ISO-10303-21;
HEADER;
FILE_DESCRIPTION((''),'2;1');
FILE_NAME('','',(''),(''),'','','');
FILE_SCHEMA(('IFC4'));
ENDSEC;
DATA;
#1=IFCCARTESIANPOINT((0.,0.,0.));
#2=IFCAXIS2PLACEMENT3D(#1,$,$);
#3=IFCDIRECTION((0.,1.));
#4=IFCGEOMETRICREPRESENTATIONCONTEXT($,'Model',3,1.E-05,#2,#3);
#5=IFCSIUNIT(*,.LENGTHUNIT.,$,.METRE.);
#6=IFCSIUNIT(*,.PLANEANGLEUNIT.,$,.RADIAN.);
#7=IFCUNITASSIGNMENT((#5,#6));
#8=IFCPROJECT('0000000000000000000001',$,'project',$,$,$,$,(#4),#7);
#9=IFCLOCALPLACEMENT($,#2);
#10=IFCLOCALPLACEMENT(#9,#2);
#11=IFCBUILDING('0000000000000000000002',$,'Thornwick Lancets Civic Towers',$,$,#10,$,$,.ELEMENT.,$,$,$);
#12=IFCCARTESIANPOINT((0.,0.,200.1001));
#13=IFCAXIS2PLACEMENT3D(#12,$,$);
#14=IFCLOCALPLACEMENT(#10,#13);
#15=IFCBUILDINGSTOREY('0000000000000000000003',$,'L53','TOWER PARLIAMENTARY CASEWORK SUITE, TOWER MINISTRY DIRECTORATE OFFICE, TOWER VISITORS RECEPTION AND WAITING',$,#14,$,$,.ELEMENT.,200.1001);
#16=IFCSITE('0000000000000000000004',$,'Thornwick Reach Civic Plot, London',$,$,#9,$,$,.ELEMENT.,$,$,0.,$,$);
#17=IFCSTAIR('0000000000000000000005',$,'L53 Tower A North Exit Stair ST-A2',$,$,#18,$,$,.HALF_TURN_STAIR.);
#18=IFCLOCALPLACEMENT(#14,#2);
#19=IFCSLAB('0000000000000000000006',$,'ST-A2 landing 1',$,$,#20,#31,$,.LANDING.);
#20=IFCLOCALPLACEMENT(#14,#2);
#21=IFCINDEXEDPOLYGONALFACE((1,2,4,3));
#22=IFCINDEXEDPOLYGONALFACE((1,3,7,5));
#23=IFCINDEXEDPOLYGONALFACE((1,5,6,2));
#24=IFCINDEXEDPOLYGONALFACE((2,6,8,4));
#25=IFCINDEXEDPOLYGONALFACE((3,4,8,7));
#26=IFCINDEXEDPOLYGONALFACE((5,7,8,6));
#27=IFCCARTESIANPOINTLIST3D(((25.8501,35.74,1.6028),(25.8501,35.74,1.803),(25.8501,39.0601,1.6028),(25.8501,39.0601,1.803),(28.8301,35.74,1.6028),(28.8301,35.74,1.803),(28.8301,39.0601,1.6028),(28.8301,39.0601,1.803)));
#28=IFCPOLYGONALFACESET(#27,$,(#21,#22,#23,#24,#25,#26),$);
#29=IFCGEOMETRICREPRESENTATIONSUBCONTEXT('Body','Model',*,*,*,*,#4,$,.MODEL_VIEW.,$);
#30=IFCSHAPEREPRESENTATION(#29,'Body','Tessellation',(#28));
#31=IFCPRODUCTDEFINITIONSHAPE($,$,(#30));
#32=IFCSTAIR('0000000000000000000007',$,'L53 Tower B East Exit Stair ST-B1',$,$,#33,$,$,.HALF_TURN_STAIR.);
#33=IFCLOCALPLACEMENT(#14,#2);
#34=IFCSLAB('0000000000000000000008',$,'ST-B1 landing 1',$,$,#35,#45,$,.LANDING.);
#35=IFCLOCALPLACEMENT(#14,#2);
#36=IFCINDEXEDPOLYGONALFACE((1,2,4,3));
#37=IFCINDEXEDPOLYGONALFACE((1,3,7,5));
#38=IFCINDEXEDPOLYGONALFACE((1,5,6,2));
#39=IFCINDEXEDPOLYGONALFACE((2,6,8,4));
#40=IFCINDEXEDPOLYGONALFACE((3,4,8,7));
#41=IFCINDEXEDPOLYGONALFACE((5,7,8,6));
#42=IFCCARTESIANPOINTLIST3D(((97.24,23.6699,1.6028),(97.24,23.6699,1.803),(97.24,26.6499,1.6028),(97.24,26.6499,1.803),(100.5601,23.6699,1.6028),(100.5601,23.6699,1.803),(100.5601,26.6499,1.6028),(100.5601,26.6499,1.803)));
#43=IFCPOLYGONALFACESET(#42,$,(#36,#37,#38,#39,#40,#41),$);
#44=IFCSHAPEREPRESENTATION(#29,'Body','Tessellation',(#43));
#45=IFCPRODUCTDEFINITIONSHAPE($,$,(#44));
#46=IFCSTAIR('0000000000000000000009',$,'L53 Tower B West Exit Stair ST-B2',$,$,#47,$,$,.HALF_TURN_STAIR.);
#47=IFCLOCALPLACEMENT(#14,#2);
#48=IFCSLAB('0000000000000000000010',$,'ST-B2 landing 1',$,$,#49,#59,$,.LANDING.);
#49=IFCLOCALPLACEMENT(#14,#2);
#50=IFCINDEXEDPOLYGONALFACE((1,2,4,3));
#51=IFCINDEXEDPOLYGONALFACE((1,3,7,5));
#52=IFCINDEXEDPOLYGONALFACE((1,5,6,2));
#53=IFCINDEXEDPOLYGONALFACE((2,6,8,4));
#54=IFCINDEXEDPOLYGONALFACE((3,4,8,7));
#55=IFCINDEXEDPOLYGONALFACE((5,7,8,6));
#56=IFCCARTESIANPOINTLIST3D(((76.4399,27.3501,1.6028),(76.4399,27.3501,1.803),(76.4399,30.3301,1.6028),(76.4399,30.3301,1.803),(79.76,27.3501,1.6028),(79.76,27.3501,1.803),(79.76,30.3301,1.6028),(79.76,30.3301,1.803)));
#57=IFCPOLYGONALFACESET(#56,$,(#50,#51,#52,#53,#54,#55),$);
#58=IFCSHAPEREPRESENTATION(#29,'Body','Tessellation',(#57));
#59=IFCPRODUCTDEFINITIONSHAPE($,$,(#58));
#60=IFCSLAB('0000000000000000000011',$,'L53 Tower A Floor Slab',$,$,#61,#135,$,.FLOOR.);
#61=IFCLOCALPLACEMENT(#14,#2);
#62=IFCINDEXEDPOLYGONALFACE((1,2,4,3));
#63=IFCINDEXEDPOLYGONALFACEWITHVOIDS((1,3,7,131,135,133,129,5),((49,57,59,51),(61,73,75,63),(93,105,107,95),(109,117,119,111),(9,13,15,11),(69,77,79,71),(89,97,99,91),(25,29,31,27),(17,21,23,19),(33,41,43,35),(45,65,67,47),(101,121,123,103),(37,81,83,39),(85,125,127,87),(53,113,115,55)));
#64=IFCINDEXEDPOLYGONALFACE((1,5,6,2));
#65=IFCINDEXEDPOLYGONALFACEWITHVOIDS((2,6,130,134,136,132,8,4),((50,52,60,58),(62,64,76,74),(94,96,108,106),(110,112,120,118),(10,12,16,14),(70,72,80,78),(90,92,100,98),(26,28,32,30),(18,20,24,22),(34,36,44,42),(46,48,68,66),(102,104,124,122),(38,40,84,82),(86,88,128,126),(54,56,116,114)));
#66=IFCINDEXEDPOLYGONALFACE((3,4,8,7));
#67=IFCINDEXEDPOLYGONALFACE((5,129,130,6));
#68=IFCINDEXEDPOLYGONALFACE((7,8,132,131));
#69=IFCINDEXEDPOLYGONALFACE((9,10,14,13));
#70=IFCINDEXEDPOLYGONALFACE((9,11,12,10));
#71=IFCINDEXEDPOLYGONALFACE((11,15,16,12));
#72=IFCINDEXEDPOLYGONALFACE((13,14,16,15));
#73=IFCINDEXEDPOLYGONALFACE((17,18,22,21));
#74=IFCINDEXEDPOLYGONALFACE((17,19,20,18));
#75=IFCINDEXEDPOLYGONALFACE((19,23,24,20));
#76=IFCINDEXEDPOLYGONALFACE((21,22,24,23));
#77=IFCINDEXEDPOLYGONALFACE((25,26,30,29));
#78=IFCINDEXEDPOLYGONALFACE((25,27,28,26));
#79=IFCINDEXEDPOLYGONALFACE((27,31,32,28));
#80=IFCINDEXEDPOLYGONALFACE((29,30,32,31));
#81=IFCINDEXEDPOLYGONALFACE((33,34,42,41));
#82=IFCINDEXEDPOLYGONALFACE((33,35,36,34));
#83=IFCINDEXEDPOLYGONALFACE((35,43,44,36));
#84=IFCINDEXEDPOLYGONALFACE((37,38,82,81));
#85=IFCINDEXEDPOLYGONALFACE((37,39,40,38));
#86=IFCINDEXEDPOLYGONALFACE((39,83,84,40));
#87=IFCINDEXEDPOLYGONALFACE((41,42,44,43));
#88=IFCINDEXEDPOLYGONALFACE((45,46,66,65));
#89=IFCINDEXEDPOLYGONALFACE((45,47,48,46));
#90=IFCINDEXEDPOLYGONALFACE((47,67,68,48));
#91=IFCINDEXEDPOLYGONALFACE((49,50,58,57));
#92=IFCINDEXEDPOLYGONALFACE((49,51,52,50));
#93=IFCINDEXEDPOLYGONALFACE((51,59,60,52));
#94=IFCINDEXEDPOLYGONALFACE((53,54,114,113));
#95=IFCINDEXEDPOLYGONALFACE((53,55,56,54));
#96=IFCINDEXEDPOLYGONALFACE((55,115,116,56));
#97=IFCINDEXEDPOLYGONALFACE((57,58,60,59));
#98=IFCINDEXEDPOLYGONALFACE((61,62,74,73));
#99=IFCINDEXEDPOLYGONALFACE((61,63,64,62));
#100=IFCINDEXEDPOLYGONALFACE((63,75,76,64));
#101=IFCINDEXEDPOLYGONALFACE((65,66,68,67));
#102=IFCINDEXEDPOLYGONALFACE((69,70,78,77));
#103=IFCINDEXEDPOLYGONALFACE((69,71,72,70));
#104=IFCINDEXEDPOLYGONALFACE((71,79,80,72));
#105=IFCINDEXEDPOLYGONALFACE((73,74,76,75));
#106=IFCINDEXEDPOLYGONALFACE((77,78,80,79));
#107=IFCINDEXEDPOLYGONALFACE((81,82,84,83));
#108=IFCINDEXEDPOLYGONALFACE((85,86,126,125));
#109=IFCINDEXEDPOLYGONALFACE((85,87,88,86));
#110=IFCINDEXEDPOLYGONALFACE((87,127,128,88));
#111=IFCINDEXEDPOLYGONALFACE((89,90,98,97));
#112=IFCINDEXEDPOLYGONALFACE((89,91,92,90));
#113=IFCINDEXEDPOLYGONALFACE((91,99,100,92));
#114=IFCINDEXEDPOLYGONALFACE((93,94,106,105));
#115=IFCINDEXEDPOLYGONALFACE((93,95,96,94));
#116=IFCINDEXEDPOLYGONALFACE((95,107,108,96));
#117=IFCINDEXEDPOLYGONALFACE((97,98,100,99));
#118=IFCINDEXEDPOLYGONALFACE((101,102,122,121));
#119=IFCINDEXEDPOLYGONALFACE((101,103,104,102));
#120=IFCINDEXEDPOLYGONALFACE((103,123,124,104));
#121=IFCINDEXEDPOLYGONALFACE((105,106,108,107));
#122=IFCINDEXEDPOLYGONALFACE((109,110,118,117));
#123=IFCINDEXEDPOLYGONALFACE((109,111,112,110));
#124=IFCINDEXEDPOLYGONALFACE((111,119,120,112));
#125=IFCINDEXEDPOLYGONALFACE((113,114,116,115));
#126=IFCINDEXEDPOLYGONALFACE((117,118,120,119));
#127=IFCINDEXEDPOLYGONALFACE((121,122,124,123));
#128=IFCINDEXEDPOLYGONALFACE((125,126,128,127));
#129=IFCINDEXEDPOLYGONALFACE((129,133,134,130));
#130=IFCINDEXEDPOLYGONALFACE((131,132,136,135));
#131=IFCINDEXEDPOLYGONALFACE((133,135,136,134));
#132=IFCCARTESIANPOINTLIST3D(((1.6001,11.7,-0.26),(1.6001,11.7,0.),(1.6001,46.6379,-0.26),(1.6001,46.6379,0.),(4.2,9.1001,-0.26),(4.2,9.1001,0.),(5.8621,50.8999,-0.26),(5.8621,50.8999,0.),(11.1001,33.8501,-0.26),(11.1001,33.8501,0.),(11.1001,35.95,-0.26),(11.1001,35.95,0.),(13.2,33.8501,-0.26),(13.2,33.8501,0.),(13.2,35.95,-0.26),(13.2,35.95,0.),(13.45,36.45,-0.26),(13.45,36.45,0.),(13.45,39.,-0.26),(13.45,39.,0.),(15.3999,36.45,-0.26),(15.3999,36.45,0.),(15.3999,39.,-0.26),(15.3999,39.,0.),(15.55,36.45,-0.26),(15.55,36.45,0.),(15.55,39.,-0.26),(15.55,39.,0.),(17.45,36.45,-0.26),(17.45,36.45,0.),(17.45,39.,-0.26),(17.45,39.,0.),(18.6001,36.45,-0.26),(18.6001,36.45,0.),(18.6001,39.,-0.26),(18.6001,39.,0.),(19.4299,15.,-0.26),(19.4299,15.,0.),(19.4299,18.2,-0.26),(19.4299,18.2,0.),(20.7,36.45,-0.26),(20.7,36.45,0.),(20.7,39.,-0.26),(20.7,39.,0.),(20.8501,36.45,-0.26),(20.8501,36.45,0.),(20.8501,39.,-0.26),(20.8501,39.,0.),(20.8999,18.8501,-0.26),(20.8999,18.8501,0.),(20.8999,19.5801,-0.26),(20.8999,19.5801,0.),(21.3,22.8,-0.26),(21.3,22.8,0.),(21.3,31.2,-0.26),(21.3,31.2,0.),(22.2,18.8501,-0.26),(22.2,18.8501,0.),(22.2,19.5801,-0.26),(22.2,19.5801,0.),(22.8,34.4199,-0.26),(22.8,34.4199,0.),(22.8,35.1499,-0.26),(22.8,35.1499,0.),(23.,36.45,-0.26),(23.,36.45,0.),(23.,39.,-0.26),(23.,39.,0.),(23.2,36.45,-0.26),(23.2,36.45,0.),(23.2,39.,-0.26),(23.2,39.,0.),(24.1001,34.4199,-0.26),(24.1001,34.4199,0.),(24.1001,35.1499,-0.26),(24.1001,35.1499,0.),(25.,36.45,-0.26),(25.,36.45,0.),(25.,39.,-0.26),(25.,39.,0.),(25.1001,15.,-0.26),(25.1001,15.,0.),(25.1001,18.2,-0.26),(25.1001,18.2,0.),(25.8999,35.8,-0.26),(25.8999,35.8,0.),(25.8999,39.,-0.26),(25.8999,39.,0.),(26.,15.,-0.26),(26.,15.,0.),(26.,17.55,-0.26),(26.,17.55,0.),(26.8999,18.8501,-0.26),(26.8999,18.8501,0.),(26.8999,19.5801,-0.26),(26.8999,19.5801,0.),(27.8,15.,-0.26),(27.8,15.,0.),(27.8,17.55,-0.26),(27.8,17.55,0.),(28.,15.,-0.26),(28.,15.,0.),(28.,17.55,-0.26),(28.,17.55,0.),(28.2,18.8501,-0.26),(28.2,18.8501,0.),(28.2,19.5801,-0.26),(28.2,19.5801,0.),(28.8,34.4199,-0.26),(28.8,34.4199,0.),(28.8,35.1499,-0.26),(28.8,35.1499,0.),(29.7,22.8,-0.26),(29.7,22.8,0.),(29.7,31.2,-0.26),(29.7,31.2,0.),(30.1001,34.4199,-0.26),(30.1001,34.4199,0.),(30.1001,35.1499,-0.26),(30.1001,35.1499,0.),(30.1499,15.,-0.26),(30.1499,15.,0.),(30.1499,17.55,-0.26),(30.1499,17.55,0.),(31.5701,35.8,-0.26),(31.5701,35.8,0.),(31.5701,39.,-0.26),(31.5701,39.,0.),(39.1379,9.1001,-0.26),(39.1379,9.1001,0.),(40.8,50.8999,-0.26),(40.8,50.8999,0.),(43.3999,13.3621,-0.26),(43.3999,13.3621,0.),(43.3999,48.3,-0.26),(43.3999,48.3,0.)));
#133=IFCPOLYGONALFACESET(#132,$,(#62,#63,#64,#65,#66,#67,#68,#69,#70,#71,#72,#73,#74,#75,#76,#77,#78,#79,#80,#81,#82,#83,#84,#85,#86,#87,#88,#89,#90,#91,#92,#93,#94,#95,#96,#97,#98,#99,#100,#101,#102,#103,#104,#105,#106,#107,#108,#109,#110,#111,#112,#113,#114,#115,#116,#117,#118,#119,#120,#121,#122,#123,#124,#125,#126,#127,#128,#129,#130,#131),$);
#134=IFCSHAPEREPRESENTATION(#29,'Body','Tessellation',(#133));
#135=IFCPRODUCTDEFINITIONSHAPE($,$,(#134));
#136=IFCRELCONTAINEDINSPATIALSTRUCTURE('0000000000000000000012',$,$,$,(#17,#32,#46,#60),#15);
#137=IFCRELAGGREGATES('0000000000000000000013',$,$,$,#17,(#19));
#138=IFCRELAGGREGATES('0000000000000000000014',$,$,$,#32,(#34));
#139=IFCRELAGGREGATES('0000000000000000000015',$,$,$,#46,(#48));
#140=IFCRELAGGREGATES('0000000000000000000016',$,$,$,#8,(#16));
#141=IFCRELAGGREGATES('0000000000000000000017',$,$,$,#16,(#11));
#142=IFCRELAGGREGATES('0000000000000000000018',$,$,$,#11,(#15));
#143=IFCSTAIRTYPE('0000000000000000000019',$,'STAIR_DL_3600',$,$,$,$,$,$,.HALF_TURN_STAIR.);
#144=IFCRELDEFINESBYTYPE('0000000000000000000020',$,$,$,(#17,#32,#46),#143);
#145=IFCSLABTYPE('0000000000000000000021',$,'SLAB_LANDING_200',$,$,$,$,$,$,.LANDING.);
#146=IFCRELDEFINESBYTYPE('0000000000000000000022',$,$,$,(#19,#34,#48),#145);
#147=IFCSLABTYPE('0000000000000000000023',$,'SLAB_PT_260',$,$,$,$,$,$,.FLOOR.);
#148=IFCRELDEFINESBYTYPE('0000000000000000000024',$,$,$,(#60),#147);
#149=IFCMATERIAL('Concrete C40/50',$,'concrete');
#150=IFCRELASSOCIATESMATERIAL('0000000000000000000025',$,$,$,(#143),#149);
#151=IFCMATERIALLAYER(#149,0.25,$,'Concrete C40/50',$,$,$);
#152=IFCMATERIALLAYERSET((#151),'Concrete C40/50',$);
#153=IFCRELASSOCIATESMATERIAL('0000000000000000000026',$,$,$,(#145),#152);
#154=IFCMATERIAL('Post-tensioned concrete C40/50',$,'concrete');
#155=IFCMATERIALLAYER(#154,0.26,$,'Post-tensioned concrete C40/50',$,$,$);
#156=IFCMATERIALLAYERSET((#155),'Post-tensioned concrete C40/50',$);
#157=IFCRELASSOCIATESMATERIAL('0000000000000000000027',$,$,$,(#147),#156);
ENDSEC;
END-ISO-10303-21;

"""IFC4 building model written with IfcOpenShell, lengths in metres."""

from ifc_helpers import new_model, si_unit, direction, frame, origin, place, context, subcontext, project, spatial, polyline, outline, extrude, material, layer, layer_set, type_object, element, aggregate, save


model = new_model("IFC4")

# Units and contexts
model_context = context("Model", 3, precision=1e-05, world=origin(), true_north=direction((0.0, 1.0)))
body_context = subcontext(model_context, "Body", "Model", "MODEL_VIEW")
ifc_project = project(units=[si_unit("LENGTHUNIT", "METRE"), si_unit("PLANEANGLEUNIT", "RADIAN")], contexts=[model_context])

# Site, building, storey
site_placement = place(None, origin())
site = spatial("IfcSite", under=ifc_project, at=site_placement, Name="Thornwick Reach Civic Plot, London", CompositionType="ELEMENT", RefElevation=0.0)
building_placement = place(site_placement, origin())
building = spatial("IfcBuilding", under=site, at=building_placement, Name="Thornwick Lancets Civic Towers", CompositionType="ELEMENT")
storey_placement = place(building_placement, frame((0.0, 0.0, 200.1001)))
storey = spatial("IfcBuildingStorey", under=building, at=storey_placement, Name="L53", Description="TOWER PARLIAMENTARY CASEWORK SUITE, TOWER MINISTRY DIRECTORATE OFFICE, TOWER VISITORS RECEPTION AND WAITING", CompositionType="ELEMENT", Elevation=200.1001)

# Stairs, slabs
ifc_material_1 = material(Name="Concrete C40/50", Category="concrete")
stair_type = type_object("IfcStairType", Name="STAIR_DL_3600", PredefinedType="HALF_TURN_STAIR", material=ifc_material_1)
ifc_layer_1 = layer(ifc_material_1, 0.25, Name="Concrete C40/50")
ifc_layer_set_1 = layer_set([ifc_layer_1], Name="Concrete C40/50")
slab_type_1 = type_object("IfcSlabType", Name="SLAB_LANDING_200", PredefinedType="LANDING", material=ifc_layer_set_1)
stair_1_placement = place(storey_placement, origin())
stair_1 = element("IfcStair", 1, at=stair_1_placement, inside=storey, type_object=stair_type, Name="L53 Tower A North Exit Stair ST-A2", PredefinedType="HALF_TURN_STAIR")
slab_1_placement = place(storey_placement, frame((0.0, 0.0, 1.6028)))
slab_1 = element("IfcSlab", 2, at=slab_1_placement, type_object=slab_type_1, Name="ST-A2 landing 1", PredefinedType="LANDING", context=body_context, shape_type="SweptSolid", body=[
    extrude(outline(polyline([(28.8301, 39.0601), (25.8501, 39.0601), (25.8501, 35.74), (28.8301, 35.74), (28.8301, 39.0601)])), origin(), (0.0, 0.0, 1.0), 0.2002),
])
aggregate(stair_1, [slab_1])
stair_2_placement = place(storey_placement, origin())
stair_2 = element("IfcStair", 3, at=stair_2_placement, inside=storey, type_object=stair_type, Name="L53 Tower B East Exit Stair ST-B1", PredefinedType="HALF_TURN_STAIR")
slab_2_placement = place(storey_placement, frame((0.0, 0.0, 1.6028)))
slab_2 = element("IfcSlab", 4, at=slab_2_placement, type_object=slab_type_1, Name="ST-B1 landing 1", PredefinedType="LANDING", context=body_context, shape_type="SweptSolid", body=[
    extrude(outline(polyline([(100.5601, 23.6699), (100.5601, 26.6499), (97.24, 26.6499), (97.24, 23.6699), (100.5601, 23.6699)])), origin(), (0.0, 0.0, 1.0), 0.2002),
])
aggregate(stair_2, [slab_2])
stair_3_placement = place(storey_placement, origin())
stair_3 = element("IfcStair", 5, at=stair_3_placement, inside=storey, type_object=stair_type, Name="L53 Tower B West Exit Stair ST-B2", PredefinedType="HALF_TURN_STAIR")
slab_3_placement = place(storey_placement, frame((0.0, 0.0, 1.6028)))
slab_3 = element("IfcSlab", 6, at=slab_3_placement, type_object=slab_type_1, Name="ST-B2 landing 1", PredefinedType="LANDING", context=body_context, shape_type="SweptSolid", body=[
    extrude(outline(polyline([(76.4399, 30.3301), (76.4399, 27.3501), (79.76, 27.3501), (79.76, 30.3301), (76.4399, 30.3301)])), origin(), (0.0, 0.0, 1.0), 0.2002),
])
aggregate(stair_3, [slab_3])

# Slab
ifc_material_2 = material(Name="Post-tensioned concrete C40/50", Category="concrete")
ifc_layer_2 = layer(ifc_material_2, 0.26, Name="Post-tensioned concrete C40/50")
ifc_layer_set_2 = layer_set([ifc_layer_2], Name="Post-tensioned concrete C40/50")
slab_type_2 = type_object("IfcSlabType", Name="SLAB_PT_260", PredefinedType="FLOOR", material=ifc_layer_set_2)
slab_4_placement = place(storey_placement, frame((0.0, 0.0, -0.26)))
element("IfcSlab", 7, at=slab_4_placement, inside=storey, type_object=slab_type_2, Name="L53 Tower A Floor Slab", PredefinedType="FLOOR", context=body_context, shape_type="SweptSolid", body=[
    extrude(outline(polyline([(4.2, 9.1001), (39.1379, 9.1001), (43.3999, 13.3621), (43.3999, 48.3), (40.8, 50.8999), (5.8621, 50.8999), (1.6001, 46.6379), (1.6001, 11.7), (4.2, 9.1001)]), holes=[polyline([(21.3, 22.8), (29.7, 22.8), (29.7, 31.2), (21.3, 31.2), (21.3, 22.8)]), polyline([(19.4299, 15.0), (25.1001, 15.0), (25.1001, 18.2), (19.4299, 18.2), (19.4299, 15.0)]), polyline([(31.5701, 39.0), (25.8999, 39.0), (25.8999, 35.8), (31.5701, 35.8), (31.5701, 39.0)]), polyline([(26.0, 15.0), (27.8, 15.0), (27.8, 17.55), (26.0, 17.55), (26.0, 15.0)]), polyline([(28.0, 15.0), (30.1499, 15.0), (30.1499, 17.55), (28.0, 17.55), (28.0, 15.0)]), polyline([(23.2, 36.45), (25.0, 36.45), (25.0, 39.0), (23.2, 39.0), (23.2, 36.45)]), polyline([(20.8501, 36.45), (23.0, 36.45), (23.0, 39.0), (20.8501, 39.0), (20.8501, 36.45)]), polyline([(18.6001, 36.45), (20.7, 36.45), (20.7, 39.0), (18.6001, 39.0), (18.6001, 36.45)]), polyline([(15.55, 36.45), (17.45, 36.45), (17.45, 39.0), (15.55, 39.0), (15.55, 36.45)]), polyline([(13.45, 36.45), (15.3999, 36.45), (15.3999, 39.0), (13.45, 39.0), (13.45, 36.45)]), polyline([(11.1001, 33.8501), (13.2, 33.8501), (13.2, 35.95), (11.1001, 35.95), (11.1001, 33.8501)]), polyline([(26.8999, 18.8501), (28.2, 18.8501), (28.2, 19.5801), (26.8999, 19.5801), (26.8999, 18.8501)]), polyline([(20.8999, 18.8501), (22.2, 18.8501), (22.2, 19.5801), (20.8999, 19.5801), (20.8999, 18.8501)]), polyline([(22.8, 34.4199), (24.1001, 34.4199), (24.1001, 35.1499), (22.8, 35.1499), (22.8, 34.4199)]), polyline([(28.8, 34.4199), (30.1001, 34.4199), (30.1001, 35.1499), (28.8, 35.1499), (28.8, 34.4199)])]), origin(), (0.0, 0.0, 1.0), 0.26),
])

save(model, "model.ifc")
